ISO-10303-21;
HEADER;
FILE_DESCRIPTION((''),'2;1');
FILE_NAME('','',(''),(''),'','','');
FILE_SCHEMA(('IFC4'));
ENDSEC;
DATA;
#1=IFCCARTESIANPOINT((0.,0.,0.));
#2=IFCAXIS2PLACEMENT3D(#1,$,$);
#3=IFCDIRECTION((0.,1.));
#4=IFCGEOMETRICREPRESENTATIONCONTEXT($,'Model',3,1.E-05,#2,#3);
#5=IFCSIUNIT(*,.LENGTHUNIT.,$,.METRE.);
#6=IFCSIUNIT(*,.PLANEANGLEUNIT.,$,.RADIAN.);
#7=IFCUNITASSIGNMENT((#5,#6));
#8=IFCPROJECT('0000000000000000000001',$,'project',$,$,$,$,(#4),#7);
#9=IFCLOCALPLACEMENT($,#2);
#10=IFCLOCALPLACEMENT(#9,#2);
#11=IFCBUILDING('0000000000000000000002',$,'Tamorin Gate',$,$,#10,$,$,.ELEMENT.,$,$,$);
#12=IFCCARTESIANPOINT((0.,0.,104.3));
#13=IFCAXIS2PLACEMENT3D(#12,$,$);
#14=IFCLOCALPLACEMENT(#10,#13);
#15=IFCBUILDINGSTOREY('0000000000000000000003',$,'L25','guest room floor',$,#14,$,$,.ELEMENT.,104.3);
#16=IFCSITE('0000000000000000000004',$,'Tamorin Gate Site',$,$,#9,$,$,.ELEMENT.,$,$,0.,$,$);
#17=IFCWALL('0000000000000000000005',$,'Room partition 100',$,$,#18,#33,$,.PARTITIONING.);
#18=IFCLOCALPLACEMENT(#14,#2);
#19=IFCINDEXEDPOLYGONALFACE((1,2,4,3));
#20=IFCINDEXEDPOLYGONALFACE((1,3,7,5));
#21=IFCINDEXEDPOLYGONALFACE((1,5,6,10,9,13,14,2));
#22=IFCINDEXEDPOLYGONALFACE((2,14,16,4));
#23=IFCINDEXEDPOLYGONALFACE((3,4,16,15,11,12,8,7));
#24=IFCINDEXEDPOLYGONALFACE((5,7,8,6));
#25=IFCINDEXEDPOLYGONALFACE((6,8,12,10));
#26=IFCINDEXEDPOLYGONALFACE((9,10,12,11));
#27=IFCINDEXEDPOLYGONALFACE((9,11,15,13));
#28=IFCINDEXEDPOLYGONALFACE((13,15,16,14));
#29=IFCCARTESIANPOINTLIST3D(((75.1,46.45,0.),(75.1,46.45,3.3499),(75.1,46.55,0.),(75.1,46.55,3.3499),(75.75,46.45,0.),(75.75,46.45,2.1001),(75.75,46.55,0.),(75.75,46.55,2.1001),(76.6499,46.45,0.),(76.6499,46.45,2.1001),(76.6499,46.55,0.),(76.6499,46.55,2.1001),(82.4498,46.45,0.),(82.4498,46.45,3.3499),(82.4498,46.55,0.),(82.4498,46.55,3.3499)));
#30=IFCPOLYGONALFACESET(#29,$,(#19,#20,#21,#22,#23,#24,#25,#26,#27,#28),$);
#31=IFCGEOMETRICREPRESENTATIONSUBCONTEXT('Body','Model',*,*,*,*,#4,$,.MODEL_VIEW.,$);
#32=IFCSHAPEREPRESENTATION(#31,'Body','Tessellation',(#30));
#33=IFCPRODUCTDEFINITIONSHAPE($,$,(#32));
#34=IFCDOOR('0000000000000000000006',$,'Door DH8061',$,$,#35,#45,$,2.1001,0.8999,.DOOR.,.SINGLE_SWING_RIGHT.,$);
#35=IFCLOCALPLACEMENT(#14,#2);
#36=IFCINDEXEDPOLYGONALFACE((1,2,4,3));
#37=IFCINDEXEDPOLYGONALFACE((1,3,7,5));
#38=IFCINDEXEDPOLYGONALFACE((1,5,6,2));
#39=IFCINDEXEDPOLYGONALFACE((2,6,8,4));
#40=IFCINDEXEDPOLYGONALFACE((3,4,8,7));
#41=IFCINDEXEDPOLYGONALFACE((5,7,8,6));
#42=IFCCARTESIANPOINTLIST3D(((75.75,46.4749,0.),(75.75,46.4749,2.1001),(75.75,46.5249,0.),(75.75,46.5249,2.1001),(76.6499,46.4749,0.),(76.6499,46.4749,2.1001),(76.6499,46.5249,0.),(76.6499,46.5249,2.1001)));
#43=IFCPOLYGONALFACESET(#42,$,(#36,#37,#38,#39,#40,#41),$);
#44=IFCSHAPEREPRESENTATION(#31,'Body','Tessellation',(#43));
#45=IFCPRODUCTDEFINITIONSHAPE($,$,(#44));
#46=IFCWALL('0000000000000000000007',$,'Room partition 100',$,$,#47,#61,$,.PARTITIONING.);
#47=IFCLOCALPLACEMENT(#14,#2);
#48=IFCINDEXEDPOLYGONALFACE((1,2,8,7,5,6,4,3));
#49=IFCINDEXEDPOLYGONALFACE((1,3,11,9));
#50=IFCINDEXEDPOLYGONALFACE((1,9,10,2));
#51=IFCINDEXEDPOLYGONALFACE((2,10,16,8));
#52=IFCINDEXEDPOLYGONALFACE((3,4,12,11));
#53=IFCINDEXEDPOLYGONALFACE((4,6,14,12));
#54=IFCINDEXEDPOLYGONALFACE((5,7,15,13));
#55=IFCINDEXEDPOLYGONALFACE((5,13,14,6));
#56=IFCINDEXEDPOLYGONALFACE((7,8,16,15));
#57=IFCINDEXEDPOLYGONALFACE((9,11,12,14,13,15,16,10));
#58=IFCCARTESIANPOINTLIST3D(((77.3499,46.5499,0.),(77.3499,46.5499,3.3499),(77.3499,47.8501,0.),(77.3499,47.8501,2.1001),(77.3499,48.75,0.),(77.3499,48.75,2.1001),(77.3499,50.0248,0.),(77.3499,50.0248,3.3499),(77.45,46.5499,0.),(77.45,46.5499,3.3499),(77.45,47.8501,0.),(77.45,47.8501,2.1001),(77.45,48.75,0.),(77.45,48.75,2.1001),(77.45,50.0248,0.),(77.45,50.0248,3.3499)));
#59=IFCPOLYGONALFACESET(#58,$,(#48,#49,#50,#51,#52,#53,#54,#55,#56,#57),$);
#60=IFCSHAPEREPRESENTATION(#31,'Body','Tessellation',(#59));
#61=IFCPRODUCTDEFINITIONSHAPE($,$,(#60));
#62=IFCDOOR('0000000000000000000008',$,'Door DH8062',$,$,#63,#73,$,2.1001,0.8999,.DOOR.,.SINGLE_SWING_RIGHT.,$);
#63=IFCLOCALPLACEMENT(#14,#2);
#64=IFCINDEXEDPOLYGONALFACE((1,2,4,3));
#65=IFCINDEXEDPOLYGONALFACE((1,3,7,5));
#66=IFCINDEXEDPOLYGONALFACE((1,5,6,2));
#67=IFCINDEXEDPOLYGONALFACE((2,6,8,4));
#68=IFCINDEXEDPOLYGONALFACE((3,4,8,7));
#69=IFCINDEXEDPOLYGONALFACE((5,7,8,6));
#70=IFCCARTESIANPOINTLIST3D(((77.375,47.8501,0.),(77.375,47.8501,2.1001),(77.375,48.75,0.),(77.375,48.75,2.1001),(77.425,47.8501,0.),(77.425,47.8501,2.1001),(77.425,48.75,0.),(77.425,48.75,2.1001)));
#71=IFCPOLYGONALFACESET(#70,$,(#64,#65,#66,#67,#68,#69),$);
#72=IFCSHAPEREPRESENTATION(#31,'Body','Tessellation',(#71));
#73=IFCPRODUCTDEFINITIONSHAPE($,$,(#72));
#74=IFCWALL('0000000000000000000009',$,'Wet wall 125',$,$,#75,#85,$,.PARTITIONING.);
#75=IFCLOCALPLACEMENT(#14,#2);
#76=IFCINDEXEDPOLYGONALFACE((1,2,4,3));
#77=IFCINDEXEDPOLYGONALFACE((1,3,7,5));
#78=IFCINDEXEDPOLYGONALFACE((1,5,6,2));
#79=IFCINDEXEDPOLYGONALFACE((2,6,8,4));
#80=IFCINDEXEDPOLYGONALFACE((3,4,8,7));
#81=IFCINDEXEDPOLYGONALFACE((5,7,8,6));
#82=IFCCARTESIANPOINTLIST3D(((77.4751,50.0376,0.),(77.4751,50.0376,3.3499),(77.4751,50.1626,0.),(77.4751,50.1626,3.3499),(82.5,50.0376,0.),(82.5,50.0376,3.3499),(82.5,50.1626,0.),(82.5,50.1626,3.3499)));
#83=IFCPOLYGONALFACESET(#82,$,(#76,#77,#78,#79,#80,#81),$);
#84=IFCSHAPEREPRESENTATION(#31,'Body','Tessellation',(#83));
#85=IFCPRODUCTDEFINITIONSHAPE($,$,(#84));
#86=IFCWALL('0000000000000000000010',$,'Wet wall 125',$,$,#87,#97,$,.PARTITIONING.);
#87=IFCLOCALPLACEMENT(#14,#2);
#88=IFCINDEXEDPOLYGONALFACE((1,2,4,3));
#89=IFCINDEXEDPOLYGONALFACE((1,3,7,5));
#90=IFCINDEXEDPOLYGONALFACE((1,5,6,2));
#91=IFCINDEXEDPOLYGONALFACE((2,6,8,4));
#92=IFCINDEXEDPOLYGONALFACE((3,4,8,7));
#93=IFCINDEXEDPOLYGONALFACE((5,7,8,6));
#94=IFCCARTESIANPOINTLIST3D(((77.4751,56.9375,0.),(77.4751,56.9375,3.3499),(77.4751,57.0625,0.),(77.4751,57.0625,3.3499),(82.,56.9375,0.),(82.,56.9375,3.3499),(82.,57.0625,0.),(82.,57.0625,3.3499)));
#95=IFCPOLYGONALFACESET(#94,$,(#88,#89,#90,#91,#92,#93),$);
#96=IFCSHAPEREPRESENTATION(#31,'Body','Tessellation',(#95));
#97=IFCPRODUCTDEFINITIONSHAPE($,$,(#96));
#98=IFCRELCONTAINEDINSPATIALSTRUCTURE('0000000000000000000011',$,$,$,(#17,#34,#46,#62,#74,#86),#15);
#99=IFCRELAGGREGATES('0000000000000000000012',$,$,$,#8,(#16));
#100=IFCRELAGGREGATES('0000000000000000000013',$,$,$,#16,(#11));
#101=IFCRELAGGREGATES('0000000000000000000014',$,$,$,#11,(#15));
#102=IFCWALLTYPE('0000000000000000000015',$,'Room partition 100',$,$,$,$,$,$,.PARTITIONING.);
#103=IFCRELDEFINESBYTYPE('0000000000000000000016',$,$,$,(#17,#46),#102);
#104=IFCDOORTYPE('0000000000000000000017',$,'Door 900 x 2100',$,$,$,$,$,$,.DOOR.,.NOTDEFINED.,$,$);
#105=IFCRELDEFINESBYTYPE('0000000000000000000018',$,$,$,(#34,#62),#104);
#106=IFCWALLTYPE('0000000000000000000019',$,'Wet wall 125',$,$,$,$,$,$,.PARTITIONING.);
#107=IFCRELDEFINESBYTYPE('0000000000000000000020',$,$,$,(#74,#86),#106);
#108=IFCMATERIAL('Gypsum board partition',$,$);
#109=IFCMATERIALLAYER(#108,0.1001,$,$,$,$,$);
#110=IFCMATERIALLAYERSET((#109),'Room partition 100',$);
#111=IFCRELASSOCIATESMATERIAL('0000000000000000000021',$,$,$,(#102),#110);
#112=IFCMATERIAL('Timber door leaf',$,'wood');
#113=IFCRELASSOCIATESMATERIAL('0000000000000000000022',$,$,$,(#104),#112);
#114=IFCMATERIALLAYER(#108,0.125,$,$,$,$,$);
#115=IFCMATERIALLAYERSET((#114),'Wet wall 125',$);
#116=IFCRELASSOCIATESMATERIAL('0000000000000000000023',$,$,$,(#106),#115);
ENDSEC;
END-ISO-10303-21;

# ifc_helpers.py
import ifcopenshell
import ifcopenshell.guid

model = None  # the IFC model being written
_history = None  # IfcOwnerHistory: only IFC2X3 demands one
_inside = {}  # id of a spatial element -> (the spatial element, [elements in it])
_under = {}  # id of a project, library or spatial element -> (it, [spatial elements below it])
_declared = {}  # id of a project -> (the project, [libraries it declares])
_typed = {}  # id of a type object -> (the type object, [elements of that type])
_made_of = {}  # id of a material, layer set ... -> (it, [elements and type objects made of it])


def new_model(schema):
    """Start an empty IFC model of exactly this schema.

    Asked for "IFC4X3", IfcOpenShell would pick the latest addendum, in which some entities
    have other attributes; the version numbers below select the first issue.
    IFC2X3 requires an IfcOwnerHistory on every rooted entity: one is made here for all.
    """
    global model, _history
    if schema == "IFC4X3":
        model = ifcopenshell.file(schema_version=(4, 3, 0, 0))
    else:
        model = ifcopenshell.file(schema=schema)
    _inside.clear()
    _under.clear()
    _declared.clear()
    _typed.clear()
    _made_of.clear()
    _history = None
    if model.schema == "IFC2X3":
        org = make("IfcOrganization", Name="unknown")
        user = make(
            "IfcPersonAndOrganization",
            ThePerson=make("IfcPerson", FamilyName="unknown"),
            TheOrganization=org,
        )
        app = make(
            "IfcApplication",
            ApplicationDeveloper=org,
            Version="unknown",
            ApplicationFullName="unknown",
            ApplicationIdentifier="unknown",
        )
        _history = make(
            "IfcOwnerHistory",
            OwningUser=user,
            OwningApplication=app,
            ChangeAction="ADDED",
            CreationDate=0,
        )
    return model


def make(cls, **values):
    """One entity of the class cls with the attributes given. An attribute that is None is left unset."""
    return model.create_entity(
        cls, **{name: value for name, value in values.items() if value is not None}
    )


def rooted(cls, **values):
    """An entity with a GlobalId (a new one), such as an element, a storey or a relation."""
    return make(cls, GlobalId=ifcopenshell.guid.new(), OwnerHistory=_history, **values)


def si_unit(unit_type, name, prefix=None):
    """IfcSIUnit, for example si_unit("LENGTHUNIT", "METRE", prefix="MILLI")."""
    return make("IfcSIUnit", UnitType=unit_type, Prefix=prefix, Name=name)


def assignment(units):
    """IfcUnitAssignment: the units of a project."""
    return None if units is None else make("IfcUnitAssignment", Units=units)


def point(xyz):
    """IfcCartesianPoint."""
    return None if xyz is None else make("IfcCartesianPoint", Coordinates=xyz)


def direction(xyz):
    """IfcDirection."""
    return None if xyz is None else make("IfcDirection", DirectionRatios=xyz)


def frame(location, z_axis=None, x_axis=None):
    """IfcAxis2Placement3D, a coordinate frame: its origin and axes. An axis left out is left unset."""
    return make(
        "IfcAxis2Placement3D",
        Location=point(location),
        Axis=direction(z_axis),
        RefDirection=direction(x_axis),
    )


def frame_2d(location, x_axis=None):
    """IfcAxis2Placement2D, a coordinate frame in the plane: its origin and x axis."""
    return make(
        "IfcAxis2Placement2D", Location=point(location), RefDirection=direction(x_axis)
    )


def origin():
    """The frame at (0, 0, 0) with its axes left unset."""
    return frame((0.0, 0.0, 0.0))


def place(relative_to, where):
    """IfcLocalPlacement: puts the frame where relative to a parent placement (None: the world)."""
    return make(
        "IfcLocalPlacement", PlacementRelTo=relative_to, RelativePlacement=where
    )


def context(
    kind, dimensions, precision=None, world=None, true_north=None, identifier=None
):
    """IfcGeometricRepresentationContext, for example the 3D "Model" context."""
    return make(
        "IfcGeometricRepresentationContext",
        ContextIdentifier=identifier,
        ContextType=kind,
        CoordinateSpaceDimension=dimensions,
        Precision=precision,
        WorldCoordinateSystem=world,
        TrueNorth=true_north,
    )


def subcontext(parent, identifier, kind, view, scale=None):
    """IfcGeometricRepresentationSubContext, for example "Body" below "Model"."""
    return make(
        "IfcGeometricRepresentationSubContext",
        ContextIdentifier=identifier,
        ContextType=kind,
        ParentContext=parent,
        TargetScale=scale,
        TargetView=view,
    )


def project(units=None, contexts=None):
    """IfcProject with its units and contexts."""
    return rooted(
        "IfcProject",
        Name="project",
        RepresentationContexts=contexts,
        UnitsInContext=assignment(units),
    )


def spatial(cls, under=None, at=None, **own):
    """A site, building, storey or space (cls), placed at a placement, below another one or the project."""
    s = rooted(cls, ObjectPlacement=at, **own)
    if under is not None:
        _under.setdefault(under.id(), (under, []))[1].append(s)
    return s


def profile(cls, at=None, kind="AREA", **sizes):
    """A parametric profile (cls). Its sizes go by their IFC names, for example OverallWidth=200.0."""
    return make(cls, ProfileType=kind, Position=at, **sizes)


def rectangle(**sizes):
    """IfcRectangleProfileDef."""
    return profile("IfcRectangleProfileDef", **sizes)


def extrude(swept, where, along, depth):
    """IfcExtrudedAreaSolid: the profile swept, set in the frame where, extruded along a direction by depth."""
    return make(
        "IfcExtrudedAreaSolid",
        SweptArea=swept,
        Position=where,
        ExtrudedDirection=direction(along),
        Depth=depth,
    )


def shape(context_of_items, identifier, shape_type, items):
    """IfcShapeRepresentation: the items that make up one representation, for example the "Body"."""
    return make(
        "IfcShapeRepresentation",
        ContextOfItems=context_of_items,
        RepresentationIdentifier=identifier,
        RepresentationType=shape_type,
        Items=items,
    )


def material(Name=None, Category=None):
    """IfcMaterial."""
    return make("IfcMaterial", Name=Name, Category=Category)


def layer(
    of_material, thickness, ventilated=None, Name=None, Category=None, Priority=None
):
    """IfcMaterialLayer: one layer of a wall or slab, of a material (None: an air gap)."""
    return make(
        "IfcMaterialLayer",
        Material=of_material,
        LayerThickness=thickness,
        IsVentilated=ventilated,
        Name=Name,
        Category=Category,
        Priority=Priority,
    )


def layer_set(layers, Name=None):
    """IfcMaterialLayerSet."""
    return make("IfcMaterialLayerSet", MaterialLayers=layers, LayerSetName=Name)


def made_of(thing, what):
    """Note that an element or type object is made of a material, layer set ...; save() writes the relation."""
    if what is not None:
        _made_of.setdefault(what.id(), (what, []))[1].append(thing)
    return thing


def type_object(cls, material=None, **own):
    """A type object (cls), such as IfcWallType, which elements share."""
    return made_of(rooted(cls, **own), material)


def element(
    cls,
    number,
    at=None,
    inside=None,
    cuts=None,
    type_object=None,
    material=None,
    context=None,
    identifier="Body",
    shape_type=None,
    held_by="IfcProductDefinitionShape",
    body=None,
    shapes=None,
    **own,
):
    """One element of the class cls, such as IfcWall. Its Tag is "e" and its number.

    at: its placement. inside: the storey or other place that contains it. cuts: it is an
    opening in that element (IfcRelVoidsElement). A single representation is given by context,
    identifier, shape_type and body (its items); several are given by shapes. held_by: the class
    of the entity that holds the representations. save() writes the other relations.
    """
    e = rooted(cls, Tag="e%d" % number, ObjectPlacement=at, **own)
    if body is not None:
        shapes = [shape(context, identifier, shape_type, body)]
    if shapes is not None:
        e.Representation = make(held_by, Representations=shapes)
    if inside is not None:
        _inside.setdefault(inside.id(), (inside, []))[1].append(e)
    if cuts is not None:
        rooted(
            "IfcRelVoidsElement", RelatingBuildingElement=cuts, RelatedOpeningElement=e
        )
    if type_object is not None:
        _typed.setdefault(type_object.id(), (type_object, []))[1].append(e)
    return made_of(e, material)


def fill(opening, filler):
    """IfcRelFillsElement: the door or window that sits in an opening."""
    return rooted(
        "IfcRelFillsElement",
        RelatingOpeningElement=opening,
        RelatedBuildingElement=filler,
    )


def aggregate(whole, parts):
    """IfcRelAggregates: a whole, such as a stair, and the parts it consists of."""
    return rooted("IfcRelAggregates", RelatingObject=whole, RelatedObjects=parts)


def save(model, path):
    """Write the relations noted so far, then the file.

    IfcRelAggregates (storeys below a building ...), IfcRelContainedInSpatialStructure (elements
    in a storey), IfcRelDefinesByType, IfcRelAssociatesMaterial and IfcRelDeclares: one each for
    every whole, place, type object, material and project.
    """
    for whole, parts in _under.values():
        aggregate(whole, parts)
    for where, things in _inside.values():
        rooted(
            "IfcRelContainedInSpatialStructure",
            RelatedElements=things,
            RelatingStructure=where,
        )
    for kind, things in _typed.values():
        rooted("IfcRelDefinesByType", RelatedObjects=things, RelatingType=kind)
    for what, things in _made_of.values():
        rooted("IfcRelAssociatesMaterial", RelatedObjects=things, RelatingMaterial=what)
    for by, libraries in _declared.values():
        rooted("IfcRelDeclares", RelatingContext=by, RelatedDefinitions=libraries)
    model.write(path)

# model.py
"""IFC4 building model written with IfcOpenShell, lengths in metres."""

from ifc_helpers import new_model, si_unit, direction, frame, frame_2d, origin, place, context, subcontext, project, spatial, rectangle, extrude, material, layer, layer_set, type_object, element, fill, save


model = new_model("IFC4")

# Units and contexts
model_context = context("Model", 3, precision=1e-05, world=origin(), true_north=direction((0.0, 1.0)))
body_context = subcontext(model_context, "Body", "Model", "MODEL_VIEW")
ifc_project = project(units=[si_unit("LENGTHUNIT", "METRE"), si_unit("PLANEANGLEUNIT", "RADIAN")], contexts=[model_context])

# Site, building, storey
site_placement = place(None, origin())
site = spatial("IfcSite", under=ifc_project, at=site_placement, Name="Tamorin Gate Site", CompositionType="ELEMENT", RefElevation=0.0)
building_placement = place(site_placement, origin())
building = spatial("IfcBuilding", under=site, at=building_placement, Name="Tamorin Gate", CompositionType="ELEMENT")
storey_placement = place(building_placement, frame((0.0, 0.0, 104.3)))
storey = spatial("IfcBuildingStorey", under=building, at=storey_placement, Name="L25", Description="guest room floor", CompositionType="ELEMENT", Elevation=104.3)

# Shared definitions
ifc_material_1 = material(Name="Gypsum board partition")
ifc_material_2 = material(Name="Timber door leaf", Category="wood")

# Walls, openings, doors
ifc_layer_1 = layer(ifc_material_1, 0.1001)
ifc_layer_set_1 = layer_set([ifc_layer_1], Name="Room partition 100")
wall_type_1 = type_object("IfcWallType", Name="Room partition 100", PredefinedType="PARTITIONING", material=ifc_layer_set_1)
wall_1_placement = place(storey_placement, frame((75.1001, 46.5, 0.0), z_axis=(0.0, 0.0, 1.0), x_axis=(1.0, 0.0, 0.0)))
wall_1 = element("IfcWall", 1, at=wall_1_placement, inside=storey, type_object=wall_type_1, Name="Room partition 100", PredefinedType="PARTITIONING", context=body_context, shape_type="SweptSolid", body=[
    extrude(rectangle(XDim=7.3499, YDim=0.1001, at=frame_2d((3.6748, 0.0))), origin(), (0.0, 0.0, 1.0), 3.3499),
])
opening_1_placement = place(wall_1_placement, frame((0.6499, 0.0, 0.0)))
opening_1 = element("IfcOpeningElement", 2, at=opening_1_placement, cuts=wall_1, PredefinedType="OPENING", context=body_context, shape_type="SweptSolid", body=[
    extrude(rectangle(XDim=0.8999, YDim=2.1001, at=frame_2d((0.45, 1.05))), frame((0.0, 0.0601, 0.0), z_axis=(0.0, -1.0, 0.0), x_axis=(1.0, 0.0, 0.0)), (0.0, 0.0, 1.0), 0.1201),
])
door_type_1 = type_object("IfcDoorType", Name="Door 900 x 2100", OperationType="NOTDEFINED", PredefinedType="DOOR", material=ifc_material_2)
door_1_placement = place(opening_1_placement, origin())
door_1 = element("IfcDoor", 3, at=door_1_placement, inside=storey, type_object=door_type_1, Name="Door DH8061", OperationType="SINGLE_SWING_RIGHT", OverallHeight=2.1001, OverallWidth=0.8999, PredefinedType="DOOR", context=body_context, shape_type="SweptSolid", body=[
    extrude(rectangle(XDim=0.8999, YDim=2.1001, at=frame_2d((0.45, 1.05))), frame((0.0, 0.0249, 0.0), z_axis=(0.0, -1.0, 0.0), x_axis=(1.0, 0.0, 0.0)), (0.0, 0.0, 1.0), 0.05),
])
fill(opening_1, door_1)
wall_2_placement = place(storey_placement, frame((77.3999, 46.55, 0.0), z_axis=(0.0, 0.0, 1.0), x_axis=(0.0, 1.0, 0.0)))
wall_2 = element("IfcWall", 4, at=wall_2_placement, inside=storey, type_object=wall_type_1, Name="Room partition 100", PredefinedType="PARTITIONING", context=body_context, shape_type="SweptSolid", body=[
    extrude(rectangle(XDim=3.4749, YDim=0.1001, at=frame_2d((1.7373, 0.0))), origin(), (0.0, 0.0, 1.0), 3.3499),
])
opening_2_placement = place(wall_2_placement, frame((1.3, 0.0, 0.0)))
opening_2 = element("IfcOpeningElement", 5, at=opening_2_placement, cuts=wall_2, PredefinedType="OPENING", context=body_context, shape_type="SweptSolid", body=[
    extrude(rectangle(XDim=0.8999, YDim=2.1001, at=frame_2d((0.45, 1.05))), frame((0.0, 0.0601, 0.0), z_axis=(0.0, -1.0, 0.0), x_axis=(1.0, 0.0, 0.0)), (0.0, 0.0, 1.0), 0.1201),
])
door_2_placement = place(opening_2_placement, origin())
door_2 = element("IfcDoor", 6, at=door_2_placement, inside=storey, type_object=door_type_1, Name="Door DH8062", OperationType="SINGLE_SWING_RIGHT", OverallHeight=2.1001, OverallWidth=0.8999, PredefinedType="DOOR", context=body_context, shape_type="SweptSolid", body=[
    extrude(rectangle(XDim=0.8999, YDim=2.1001, at=frame_2d((0.45, 1.05))), frame((0.0, 0.0249, 0.0), z_axis=(0.0, -1.0, 0.0), x_axis=(1.0, 0.0, 0.0)), (0.0, 0.0, 1.0), 0.05),
])
fill(opening_2, door_2)

# Walls
ifc_layer_2 = layer(ifc_material_1, 0.125)
ifc_layer_set_2 = layer_set([ifc_layer_2], Name="Wet wall 125")
wall_type_2 = type_object("IfcWallType", Name="Wet wall 125", PredefinedType="PARTITIONING", material=ifc_layer_set_2)
wall_3_placement = place(storey_placement, frame((77.4751, 50.1001, 0.0), z_axis=(0.0, 0.0, 1.0), x_axis=(1.0, 0.0, 0.0)))
element("IfcWall", 7, at=wall_3_placement, inside=storey, type_object=wall_type_2, Name="Wet wall 125", PredefinedType="PARTITIONING", context=body_context, shape_type="SweptSolid", body=[
    extrude(rectangle(XDim=5.0249, YDim=0.125, at=frame_2d((2.5125, 0.0))), origin(), (0.0, 0.0, 1.0), 3.3499),
])
wall_4_placement = place(storey_placement, frame((77.4751, 57.0, 0.0), z_axis=(0.0, 0.0, 1.0), x_axis=(1.0, 0.0, 0.0)))
element("IfcWall", 8, at=wall_4_placement, inside=storey, type_object=wall_type_2, Name="Wet wall 125", PredefinedType="PARTITIONING", context=body_context, shape_type="SweptSolid", body=[
    extrude(rectangle(XDim=4.5249, YDim=0.125, at=frame_2d((2.2625, 0.0))), origin(), (0.0, 0.0, 1.0), 3.3499),
])

save(model, "model.ifc")
